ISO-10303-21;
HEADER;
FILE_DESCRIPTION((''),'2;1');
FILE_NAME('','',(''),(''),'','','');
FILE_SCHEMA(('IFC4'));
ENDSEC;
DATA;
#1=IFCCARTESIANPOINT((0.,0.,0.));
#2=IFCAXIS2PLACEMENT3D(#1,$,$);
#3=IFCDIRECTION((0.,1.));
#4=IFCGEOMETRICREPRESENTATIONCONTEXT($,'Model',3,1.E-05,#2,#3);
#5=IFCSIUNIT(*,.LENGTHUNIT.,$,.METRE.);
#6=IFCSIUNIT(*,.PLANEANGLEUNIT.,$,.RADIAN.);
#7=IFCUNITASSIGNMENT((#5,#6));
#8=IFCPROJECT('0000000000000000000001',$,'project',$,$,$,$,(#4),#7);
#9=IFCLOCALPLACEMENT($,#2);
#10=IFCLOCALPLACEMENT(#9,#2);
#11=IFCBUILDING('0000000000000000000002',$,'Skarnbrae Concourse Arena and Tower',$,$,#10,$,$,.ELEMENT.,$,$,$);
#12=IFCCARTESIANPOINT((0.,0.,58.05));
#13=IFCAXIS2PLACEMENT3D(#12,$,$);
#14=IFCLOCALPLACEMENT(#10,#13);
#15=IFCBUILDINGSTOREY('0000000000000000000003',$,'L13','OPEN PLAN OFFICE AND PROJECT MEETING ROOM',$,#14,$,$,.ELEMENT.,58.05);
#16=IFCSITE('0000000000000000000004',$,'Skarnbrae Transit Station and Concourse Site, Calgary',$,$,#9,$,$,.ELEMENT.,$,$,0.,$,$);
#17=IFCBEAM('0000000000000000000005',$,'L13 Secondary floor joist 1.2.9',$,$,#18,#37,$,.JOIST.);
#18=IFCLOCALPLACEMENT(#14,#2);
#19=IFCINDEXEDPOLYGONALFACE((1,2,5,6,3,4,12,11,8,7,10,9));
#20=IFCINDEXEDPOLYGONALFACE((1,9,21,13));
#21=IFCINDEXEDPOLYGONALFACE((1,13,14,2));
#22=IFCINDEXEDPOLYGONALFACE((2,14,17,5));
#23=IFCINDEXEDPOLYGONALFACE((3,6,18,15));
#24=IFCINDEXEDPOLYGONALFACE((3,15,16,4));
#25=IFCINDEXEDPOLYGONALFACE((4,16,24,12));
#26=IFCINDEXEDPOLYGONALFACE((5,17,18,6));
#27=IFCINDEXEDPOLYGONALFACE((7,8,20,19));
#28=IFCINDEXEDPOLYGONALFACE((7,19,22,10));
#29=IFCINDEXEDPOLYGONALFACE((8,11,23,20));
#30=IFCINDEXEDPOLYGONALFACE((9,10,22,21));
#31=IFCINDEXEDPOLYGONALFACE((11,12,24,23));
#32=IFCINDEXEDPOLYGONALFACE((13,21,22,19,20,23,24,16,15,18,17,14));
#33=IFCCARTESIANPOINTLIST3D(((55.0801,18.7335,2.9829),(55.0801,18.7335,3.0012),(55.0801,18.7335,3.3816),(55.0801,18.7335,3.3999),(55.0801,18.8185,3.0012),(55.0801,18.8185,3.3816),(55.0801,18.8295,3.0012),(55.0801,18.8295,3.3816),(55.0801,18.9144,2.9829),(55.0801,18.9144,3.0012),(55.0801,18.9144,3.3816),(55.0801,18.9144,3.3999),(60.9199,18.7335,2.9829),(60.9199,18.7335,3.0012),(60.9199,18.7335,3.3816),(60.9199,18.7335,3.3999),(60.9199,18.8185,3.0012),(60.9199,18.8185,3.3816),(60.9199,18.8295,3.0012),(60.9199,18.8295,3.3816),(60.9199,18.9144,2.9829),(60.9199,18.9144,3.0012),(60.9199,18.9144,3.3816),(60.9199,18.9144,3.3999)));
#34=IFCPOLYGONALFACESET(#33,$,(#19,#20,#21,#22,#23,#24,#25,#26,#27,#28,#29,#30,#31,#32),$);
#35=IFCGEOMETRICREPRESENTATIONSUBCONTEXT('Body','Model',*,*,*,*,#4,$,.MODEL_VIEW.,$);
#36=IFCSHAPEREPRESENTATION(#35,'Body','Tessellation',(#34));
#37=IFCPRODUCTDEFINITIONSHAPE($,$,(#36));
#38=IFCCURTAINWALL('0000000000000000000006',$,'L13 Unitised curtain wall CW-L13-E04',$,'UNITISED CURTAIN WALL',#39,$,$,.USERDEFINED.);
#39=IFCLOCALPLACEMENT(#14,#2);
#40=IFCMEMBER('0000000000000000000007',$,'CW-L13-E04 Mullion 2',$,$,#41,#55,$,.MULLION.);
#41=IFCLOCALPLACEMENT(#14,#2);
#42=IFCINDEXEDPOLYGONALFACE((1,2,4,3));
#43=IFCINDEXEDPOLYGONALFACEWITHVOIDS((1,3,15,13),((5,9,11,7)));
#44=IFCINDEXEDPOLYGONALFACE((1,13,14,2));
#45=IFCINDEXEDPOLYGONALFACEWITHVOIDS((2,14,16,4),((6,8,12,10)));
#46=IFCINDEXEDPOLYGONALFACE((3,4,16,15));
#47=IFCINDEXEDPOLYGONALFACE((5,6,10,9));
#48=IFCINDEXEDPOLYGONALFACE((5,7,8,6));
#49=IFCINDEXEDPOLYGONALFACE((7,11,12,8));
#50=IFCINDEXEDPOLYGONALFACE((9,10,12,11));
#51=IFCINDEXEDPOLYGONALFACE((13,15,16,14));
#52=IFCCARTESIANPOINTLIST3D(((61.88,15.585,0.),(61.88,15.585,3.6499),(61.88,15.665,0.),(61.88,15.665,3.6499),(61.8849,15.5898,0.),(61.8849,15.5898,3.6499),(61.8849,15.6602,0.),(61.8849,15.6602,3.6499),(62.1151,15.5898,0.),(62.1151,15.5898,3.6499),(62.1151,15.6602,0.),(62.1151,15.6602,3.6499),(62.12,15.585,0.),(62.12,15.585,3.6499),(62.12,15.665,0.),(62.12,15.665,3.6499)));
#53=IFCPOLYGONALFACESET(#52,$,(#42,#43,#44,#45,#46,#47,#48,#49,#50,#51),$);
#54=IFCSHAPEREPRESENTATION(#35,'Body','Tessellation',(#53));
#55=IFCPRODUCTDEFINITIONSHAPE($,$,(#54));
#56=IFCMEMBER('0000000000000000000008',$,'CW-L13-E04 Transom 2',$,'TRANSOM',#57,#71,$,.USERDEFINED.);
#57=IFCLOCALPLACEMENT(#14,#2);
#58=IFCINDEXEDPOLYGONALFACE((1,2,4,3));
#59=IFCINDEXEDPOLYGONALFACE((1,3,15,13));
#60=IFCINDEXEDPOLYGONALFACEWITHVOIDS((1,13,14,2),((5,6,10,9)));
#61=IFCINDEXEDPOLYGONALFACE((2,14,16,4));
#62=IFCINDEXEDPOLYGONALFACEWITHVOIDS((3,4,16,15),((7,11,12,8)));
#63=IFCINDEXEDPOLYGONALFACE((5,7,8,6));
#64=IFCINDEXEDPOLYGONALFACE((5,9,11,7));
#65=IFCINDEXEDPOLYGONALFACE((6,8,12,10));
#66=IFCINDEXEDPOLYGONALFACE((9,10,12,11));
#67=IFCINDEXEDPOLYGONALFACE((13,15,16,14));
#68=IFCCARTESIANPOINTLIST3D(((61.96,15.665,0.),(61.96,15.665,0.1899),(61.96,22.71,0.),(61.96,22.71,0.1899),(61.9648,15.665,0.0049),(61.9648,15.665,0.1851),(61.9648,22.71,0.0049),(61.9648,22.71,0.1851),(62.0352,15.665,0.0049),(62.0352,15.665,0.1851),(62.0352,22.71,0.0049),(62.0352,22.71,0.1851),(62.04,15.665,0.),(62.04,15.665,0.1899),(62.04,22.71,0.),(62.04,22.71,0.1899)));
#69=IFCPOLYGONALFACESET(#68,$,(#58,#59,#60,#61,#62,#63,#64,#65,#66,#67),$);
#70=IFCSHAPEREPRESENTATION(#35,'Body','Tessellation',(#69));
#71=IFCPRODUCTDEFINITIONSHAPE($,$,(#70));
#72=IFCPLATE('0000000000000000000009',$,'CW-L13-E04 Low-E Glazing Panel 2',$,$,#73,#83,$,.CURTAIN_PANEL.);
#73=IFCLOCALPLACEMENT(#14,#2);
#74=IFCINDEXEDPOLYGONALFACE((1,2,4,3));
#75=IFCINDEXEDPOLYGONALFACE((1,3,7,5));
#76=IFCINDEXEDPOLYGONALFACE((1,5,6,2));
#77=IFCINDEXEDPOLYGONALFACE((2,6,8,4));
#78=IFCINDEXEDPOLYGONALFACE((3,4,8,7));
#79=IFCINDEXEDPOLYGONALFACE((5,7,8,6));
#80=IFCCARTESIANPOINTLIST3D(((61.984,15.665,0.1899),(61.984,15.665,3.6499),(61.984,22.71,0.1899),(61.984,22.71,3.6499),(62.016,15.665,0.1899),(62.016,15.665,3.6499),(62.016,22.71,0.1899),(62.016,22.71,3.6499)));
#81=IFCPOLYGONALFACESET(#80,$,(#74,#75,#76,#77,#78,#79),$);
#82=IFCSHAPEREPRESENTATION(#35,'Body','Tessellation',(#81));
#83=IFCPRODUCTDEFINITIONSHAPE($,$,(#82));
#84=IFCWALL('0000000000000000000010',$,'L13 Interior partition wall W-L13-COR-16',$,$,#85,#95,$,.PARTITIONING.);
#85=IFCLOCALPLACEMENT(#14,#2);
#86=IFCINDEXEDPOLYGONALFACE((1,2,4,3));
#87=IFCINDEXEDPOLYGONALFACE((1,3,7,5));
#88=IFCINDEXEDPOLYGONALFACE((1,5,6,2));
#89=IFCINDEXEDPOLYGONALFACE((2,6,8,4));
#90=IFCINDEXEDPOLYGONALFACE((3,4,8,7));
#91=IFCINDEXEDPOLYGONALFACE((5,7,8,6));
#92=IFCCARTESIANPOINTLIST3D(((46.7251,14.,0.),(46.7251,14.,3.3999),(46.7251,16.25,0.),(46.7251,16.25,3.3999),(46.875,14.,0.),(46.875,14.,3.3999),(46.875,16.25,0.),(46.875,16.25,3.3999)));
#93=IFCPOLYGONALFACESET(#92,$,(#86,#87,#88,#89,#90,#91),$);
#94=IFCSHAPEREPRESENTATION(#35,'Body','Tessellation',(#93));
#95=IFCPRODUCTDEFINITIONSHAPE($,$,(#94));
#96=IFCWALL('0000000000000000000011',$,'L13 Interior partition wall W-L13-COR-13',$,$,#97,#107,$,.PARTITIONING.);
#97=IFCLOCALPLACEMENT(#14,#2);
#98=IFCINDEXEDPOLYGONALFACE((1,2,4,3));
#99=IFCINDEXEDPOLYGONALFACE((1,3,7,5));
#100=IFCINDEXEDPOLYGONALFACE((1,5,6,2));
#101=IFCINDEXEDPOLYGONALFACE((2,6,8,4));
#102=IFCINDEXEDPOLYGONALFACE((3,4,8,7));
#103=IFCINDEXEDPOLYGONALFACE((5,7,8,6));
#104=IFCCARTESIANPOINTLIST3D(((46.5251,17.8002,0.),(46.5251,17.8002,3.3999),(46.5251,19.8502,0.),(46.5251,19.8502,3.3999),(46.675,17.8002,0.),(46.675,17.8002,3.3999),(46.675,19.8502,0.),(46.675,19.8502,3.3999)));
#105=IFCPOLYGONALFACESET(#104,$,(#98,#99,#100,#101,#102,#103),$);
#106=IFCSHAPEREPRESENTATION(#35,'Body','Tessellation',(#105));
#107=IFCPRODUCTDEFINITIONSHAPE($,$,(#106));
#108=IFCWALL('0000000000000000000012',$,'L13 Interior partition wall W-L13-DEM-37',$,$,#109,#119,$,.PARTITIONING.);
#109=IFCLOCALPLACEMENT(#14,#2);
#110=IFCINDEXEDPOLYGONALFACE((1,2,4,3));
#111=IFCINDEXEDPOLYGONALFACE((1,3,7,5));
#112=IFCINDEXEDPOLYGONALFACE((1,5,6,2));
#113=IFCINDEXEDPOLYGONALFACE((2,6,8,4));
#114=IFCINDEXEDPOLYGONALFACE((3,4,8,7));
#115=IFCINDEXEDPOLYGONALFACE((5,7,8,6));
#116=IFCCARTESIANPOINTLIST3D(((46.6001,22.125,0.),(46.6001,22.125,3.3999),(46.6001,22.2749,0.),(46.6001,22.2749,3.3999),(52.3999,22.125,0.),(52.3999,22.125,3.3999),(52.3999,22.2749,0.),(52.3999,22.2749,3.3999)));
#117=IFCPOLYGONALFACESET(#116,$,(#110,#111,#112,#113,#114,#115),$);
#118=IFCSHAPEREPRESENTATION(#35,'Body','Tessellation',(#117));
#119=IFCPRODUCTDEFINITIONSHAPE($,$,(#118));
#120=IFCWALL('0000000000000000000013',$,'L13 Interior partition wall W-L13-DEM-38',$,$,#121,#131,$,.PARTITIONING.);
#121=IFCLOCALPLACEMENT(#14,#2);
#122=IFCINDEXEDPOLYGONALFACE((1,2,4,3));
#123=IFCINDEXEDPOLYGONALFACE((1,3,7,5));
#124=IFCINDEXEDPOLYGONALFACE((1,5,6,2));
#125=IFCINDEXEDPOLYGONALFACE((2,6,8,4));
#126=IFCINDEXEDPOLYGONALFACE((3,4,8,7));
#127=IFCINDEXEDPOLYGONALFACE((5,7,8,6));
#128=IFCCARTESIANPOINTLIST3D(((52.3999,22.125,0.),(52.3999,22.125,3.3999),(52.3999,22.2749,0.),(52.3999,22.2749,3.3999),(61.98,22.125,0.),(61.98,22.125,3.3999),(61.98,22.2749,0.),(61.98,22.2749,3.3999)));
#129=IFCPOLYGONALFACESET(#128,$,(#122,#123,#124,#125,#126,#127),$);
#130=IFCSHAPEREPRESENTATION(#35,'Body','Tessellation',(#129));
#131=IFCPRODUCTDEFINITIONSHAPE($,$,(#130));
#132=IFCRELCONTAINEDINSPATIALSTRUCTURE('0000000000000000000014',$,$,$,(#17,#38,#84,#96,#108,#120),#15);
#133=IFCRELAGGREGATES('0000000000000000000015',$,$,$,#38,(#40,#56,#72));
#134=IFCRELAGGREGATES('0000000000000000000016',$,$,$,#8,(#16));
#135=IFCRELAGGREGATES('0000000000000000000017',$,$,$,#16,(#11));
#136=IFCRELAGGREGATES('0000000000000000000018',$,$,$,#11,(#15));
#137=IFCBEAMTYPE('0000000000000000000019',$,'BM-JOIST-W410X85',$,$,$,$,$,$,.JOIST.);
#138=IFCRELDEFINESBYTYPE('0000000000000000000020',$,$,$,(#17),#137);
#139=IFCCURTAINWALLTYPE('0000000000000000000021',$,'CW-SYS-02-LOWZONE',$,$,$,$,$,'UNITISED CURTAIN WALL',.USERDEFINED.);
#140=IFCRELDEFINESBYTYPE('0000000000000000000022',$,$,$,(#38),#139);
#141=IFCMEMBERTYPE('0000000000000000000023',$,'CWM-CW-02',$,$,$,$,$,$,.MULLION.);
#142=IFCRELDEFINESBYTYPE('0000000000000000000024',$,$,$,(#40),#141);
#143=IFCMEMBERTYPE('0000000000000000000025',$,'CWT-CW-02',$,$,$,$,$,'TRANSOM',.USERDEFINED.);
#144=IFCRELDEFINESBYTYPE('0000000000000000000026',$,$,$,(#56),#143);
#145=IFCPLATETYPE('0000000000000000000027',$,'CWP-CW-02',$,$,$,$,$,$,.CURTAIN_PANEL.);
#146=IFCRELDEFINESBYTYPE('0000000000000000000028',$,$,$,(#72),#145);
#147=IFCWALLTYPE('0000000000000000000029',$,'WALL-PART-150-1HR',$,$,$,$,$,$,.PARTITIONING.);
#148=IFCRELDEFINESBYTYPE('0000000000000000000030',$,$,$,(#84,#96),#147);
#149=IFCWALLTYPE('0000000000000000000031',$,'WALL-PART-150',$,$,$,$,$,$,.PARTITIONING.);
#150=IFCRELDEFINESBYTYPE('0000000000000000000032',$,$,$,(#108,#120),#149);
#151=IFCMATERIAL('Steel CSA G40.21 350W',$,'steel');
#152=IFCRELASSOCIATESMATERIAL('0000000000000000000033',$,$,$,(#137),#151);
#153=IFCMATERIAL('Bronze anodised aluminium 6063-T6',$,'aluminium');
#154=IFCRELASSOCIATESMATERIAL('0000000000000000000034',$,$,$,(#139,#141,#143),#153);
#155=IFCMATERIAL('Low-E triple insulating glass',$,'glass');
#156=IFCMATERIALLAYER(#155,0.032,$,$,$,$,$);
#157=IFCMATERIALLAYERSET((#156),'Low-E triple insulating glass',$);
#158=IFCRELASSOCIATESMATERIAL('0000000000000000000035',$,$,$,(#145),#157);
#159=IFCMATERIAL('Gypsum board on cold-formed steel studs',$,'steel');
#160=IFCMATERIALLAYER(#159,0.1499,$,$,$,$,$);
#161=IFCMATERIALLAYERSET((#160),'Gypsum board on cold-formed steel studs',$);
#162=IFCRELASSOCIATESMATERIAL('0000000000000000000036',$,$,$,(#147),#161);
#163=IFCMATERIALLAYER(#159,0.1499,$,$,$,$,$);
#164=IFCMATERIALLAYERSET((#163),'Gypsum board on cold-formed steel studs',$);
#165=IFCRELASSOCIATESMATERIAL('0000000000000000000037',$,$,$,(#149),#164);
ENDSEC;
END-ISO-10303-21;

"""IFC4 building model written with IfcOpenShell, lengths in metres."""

from ifc_helpers import new_model, si_unit, direction, frame, frame_2d, origin, origin_2d, place, context, subcontext, project, spatial, rectangle, hollow_rectangle, i_section, extrude, source, transform, mapped, material, layer, layer_set, material_profile, profile_set, type_object, element, aggregate, save


model = new_model("IFC4")

# Units and contexts
model_context = context("Model", 3, precision=1e-05, world=origin(), true_north=direction((0.0, 1.0)))
body_context = subcontext(model_context, "Body", "Model", "MODEL_VIEW")
ifc_project = project(units=[si_unit("LENGTHUNIT", "METRE"), si_unit("PLANEANGLEUNIT", "RADIAN")], contexts=[model_context])

# Site, building, storey
site_placement = place(None, origin())
site = spatial("IfcSite", under=ifc_project, at=site_placement, Name="Skarnbrae Transit Station and Concourse Site, Calgary", CompositionType="ELEMENT", RefElevation=0.0)
building_placement = place(site_placement, origin())
building = spatial("IfcBuilding", under=site, at=building_placement, Name="Skarnbrae Concourse Arena and Tower", CompositionType="ELEMENT")
storey_placement = place(building_placement, frame((0.0, 0.0, 58.05)))
storey = spatial("IfcBuildingStorey", under=building, at=storey_placement, Name="L13", Description="OPEN PLAN OFFICE AND PROJECT MEETING ROOM", CompositionType="ELEMENT", Elevation=58.05)

# Shared definitions
ifc_material_1 = material(Name="Steel CSA G40.21 350W", Category="steel")

# Beam
ifc_material_profile_1 = material_profile(ifc_material_1, i_section(OverallWidth=0.1809, OverallDepth=0.417, WebThickness=0.011, FlangeThickness=0.0183, at=origin_2d()), Name="W410X85")
ifc_profile_set_1 = profile_set([ifc_material_profile_1], Name="Steel CSA G40.21 350W")
beam_type_1 = type_object("IfcBeamType", Name="BM-JOIST-W410X85", PredefinedType="JOIST", material=ifc_profile_set_1)
shared_shape_1 = source(origin(), body_context, "Body", "SweptSolid", [
    extrude(i_section(OverallWidth=0.1809, OverallDepth=0.417, WebThickness=0.011, FlangeThickness=0.0183, at=origin_2d()), origin(), (0.0, 0.0, 1.0), 5.8398),
])
for number, where, z_axis, x_axis, name in (
    (1, (55.0801, 18.824, 3.1914), (1.0, 0.0, 0.0), (0.0, 1.0, 0.0), "L13 Secondary floor joist 1.2.9"),
):
    element("IfcBeam", number, at=place(storey_placement, frame(where, z_axis=z_axis, x_axis=x_axis)), inside=storey, type_object=beam_type_1, Name=name, PredefinedType="JOIST", context=body_context, shape_type="MappedRepresentation", body=[
        mapped(shared_shape_1, transform((0.0, 0.0, 0.0))),
    ])

# Curtain wall, members, plate
ifc_material_2 = material(Name="Bronze anodised aluminium 6063-T6", Category="aluminium")
curtain_wall_type = type_object("IfcCurtainWallType", Name="CW-SYS-02-LOWZONE", ElementType="UNITISED CURTAIN WALL", PredefinedType="USERDEFINED", material=ifc_material_2)
curtain_wall_placement = place(storey_placement, origin())
curtain_wall = element("IfcCurtainWall", 2, at=curtain_wall_placement, inside=storey, type_object=curtain_wall_type, Name="L13 Unitised curtain wall CW-L13-E04", ObjectType="UNITISED CURTAIN WALL", PredefinedType="USERDEFINED")
ifc_material_profile_2 = material_profile(ifc_material_2, hollow_rectangle(XDim=0.0801, YDim=0.24, WallThickness=0.0049, at=origin_2d()), Name="ALU-MULL-80X240")
ifc_profile_set_2 = profile_set([ifc_material_profile_2], Name="Bronze anodised aluminium 6063-T6")
member_type_1 = type_object("IfcMemberType", Name="CWM-CW-02", PredefinedType="MULLION", material=ifc_profile_set_2)
shared_shape_2 = source(origin(), body_context, "Body", "SweptSolid", [
    extrude(hollow_rectangle(XDim=0.0801, YDim=0.24, WallThickness=0.0049, at=origin_2d()), origin(), (0.0, 0.0, 1.0), 3.6499),
])
member_1_placement = place(storey_placement, frame((62.0, 15.625, 0.0), z_axis=(0.0, 0.0, 1.0), x_axis=(0.0, 1.0, 0.0)))
member_1 = element("IfcMember", 3, at=member_1_placement, type_object=member_type_1, Name="CW-L13-E04 Mullion 2", PredefinedType="MULLION", context=body_context, shape_type="MappedRepresentation", body=[
    mapped(shared_shape_2, transform((0.0, 0.0, 0.0))),
])
ifc_material_profile_3 = material_profile(ifc_material_2, hollow_rectangle(XDim=0.0801, YDim=0.1899, WallThickness=0.0049, at=origin_2d()), Name="ALU-TRAN-80X190")
ifc_profile_set_3 = profile_set([ifc_material_profile_3], Name="Bronze anodised aluminium 6063-T6")
member_type_2 = type_object("IfcMemberType", Name="CWT-CW-02", ElementType="TRANSOM", PredefinedType="USERDEFINED", material=ifc_profile_set_3)
shared_shape_3 = source(origin(), body_context, "Body", "SweptSolid", [
    extrude(hollow_rectangle(XDim=0.0801, YDim=0.1899, WallThickness=0.0049, at=origin_2d()), origin(), (0.0, 0.0, 1.0), 7.0449),
])
member_2_placement = place(storey_placement, frame((62.0, 15.665, 0.095), z_axis=(0.0, 1.0, 0.0), x_axis=(-1.0, 0.0, 0.0)))
member_2 = element("IfcMember", 4, at=member_2_placement, type_object=member_type_2, Name="CW-L13-E04 Transom 2", ObjectType="TRANSOM", PredefinedType="USERDEFINED", context=body_context, shape_type="MappedRepresentation", body=[
    mapped(shared_shape_3, transform((0.0, 0.0, 0.0))),
])
ifc_material_3 = material(Name="Low-E triple insulating glass", Category="glass")
ifc_layer_1 = layer(ifc_material_3, 0.032)
ifc_layer_set_1 = layer_set([ifc_layer_1], Name="Low-E triple insulating glass")
plate_type = type_object("IfcPlateType", Name="CWP-CW-02", PredefinedType="CURTAIN_PANEL", material=ifc_layer_set_1)
shared_shape_4 = source(origin(), body_context, "Body", "SweptSolid", [
    extrude(rectangle(XDim=7.0449, YDim=0.032, at=origin_2d()), origin(), (0.0, 0.0, 1.0), 3.46),
])
plate_placement = place(storey_placement, frame((62.0, 19.1875, 0.1899), z_axis=(0.0, 0.0, 1.0), x_axis=(0.0, 1.0, 0.0)))
plate = element("IfcPlate", 5, at=plate_placement, type_object=plate_type, Name="CW-L13-E04 Low-E Glazing Panel 2", PredefinedType="CURTAIN_PANEL", context=body_context, shape_type="MappedRepresentation", body=[
    mapped(shared_shape_4, transform((0.0, 0.0, 0.0))),
])
aggregate(curtain_wall, [member_1, member_2, plate])

# Walls
ifc_material_4 = material(Name="Gypsum board on cold-formed steel studs", Category="steel")
ifc_layer_2 = layer(ifc_material_4, 0.1499)
ifc_layer_set_2 = layer_set([ifc_layer_2], Name="Gypsum board on cold-formed steel studs")
wall_type_1 = type_object("IfcWallType", Name="WALL-PART-150-1HR", PredefinedType="PARTITIONING", material=ifc_layer_set_2)
shared_shape_5 = source(origin(), body_context, "Body", "SweptSolid", [
    extrude(rectangle(XDim=2.25, YDim=0.1499, at=frame_2d((1.125, 0.0))), origin(), (0.0, 0.0, 1.0), 3.3999),
])
wall_1_placement = place(storey_placement, frame((46.8, 16.25, 0.0), z_axis=(0.0, 0.0, 1.0), x_axis=(0.0, -1.0, 0.0)))
element("IfcWall", 6, at=wall_1_placement, inside=storey, type_object=wall_type_1, Name="L13 Interior partition wall W-L13-COR-16", PredefinedType="PARTITIONING", context=body_context, shape_type="MappedRepresentation", body=[
    mapped(shared_shape_5, transform((0.0, 0.0, 0.0))),
])
shared_shape_6 = source(origin(), body_context, "Body", "SweptSolid", [
    extrude(rectangle(XDim=2.05, YDim=0.1499, at=frame_2d((1.0249, 0.0))), origin(), (0.0, 0.0, 1.0), 3.3999),
])
wall_2_placement = place(storey_placement, frame((46.6001, 19.8501, 0.0), z_axis=(0.0, 0.0, 1.0), x_axis=(0.0, -1.0, 0.0)))
element("IfcWall", 7, at=wall_2_placement, inside=storey, type_object=wall_type_1, Name="L13 Interior partition wall W-L13-COR-13", PredefinedType="PARTITIONING", context=body_context, shape_type="MappedRepresentation", body=[
    mapped(shared_shape_6, transform((0.0, 0.0, 0.0))),
])
ifc_layer_3 = layer(ifc_material_4, 0.1499)
ifc_layer_set_3 = layer_set([ifc_layer_3], Name="Gypsum board on cold-formed steel studs")
wall_type_2 = type_object("IfcWallType", Name="WALL-PART-150", PredefinedType="PARTITIONING", material=ifc_layer_set_3)
shared_shape_7 = source(origin(), body_context, "Body", "SweptSolid", [
    extrude(rectangle(XDim=5.7998, YDim=0.1499, at=frame_2d((2.8999, 0.0))), origin(), (0.0, 0.0, 1.0), 3.3999),
])
wall_3_placement = place(storey_placement, frame((46.6001, 22.2, 0.0), z_axis=(0.0, 0.0, 1.0), x_axis=(1.0, 0.0, 0.0)))
element("IfcWall", 8, at=wall_3_placement, inside=storey, type_object=wall_type_2, Name="L13 Interior partition wall W-L13-DEM-37", PredefinedType="PARTITIONING", context=body_context, shape_type="MappedRepresentation", body=[
    mapped(shared_shape_7, transform((0.0, 0.0, 0.0))),
])
shared_shape_8 = source(origin(), body_context, "Body", "SweptSolid", [
    extrude(rectangle(XDim=9.5801, YDim=0.1499, at=frame_2d((4.79, 0.0))), origin(), (0.0, 0.0, 1.0), 3.3999),
])
wall_4_placement = place(storey_placement, frame((52.3999, 22.2, 0.0), z_axis=(0.0, 0.0, 1.0), x_axis=(1.0, 0.0, 0.0)))
element("IfcWall", 9, at=wall_4_placement, inside=storey, type_object=wall_type_2, Name="L13 Interior partition wall W-L13-DEM-38", PredefinedType="PARTITIONING", context=body_context, shape_type="MappedRepresentation", body=[
    mapped(shared_shape_8, transform((0.0, 0.0, 0.0))),
])

save(model, "model.ifc")
